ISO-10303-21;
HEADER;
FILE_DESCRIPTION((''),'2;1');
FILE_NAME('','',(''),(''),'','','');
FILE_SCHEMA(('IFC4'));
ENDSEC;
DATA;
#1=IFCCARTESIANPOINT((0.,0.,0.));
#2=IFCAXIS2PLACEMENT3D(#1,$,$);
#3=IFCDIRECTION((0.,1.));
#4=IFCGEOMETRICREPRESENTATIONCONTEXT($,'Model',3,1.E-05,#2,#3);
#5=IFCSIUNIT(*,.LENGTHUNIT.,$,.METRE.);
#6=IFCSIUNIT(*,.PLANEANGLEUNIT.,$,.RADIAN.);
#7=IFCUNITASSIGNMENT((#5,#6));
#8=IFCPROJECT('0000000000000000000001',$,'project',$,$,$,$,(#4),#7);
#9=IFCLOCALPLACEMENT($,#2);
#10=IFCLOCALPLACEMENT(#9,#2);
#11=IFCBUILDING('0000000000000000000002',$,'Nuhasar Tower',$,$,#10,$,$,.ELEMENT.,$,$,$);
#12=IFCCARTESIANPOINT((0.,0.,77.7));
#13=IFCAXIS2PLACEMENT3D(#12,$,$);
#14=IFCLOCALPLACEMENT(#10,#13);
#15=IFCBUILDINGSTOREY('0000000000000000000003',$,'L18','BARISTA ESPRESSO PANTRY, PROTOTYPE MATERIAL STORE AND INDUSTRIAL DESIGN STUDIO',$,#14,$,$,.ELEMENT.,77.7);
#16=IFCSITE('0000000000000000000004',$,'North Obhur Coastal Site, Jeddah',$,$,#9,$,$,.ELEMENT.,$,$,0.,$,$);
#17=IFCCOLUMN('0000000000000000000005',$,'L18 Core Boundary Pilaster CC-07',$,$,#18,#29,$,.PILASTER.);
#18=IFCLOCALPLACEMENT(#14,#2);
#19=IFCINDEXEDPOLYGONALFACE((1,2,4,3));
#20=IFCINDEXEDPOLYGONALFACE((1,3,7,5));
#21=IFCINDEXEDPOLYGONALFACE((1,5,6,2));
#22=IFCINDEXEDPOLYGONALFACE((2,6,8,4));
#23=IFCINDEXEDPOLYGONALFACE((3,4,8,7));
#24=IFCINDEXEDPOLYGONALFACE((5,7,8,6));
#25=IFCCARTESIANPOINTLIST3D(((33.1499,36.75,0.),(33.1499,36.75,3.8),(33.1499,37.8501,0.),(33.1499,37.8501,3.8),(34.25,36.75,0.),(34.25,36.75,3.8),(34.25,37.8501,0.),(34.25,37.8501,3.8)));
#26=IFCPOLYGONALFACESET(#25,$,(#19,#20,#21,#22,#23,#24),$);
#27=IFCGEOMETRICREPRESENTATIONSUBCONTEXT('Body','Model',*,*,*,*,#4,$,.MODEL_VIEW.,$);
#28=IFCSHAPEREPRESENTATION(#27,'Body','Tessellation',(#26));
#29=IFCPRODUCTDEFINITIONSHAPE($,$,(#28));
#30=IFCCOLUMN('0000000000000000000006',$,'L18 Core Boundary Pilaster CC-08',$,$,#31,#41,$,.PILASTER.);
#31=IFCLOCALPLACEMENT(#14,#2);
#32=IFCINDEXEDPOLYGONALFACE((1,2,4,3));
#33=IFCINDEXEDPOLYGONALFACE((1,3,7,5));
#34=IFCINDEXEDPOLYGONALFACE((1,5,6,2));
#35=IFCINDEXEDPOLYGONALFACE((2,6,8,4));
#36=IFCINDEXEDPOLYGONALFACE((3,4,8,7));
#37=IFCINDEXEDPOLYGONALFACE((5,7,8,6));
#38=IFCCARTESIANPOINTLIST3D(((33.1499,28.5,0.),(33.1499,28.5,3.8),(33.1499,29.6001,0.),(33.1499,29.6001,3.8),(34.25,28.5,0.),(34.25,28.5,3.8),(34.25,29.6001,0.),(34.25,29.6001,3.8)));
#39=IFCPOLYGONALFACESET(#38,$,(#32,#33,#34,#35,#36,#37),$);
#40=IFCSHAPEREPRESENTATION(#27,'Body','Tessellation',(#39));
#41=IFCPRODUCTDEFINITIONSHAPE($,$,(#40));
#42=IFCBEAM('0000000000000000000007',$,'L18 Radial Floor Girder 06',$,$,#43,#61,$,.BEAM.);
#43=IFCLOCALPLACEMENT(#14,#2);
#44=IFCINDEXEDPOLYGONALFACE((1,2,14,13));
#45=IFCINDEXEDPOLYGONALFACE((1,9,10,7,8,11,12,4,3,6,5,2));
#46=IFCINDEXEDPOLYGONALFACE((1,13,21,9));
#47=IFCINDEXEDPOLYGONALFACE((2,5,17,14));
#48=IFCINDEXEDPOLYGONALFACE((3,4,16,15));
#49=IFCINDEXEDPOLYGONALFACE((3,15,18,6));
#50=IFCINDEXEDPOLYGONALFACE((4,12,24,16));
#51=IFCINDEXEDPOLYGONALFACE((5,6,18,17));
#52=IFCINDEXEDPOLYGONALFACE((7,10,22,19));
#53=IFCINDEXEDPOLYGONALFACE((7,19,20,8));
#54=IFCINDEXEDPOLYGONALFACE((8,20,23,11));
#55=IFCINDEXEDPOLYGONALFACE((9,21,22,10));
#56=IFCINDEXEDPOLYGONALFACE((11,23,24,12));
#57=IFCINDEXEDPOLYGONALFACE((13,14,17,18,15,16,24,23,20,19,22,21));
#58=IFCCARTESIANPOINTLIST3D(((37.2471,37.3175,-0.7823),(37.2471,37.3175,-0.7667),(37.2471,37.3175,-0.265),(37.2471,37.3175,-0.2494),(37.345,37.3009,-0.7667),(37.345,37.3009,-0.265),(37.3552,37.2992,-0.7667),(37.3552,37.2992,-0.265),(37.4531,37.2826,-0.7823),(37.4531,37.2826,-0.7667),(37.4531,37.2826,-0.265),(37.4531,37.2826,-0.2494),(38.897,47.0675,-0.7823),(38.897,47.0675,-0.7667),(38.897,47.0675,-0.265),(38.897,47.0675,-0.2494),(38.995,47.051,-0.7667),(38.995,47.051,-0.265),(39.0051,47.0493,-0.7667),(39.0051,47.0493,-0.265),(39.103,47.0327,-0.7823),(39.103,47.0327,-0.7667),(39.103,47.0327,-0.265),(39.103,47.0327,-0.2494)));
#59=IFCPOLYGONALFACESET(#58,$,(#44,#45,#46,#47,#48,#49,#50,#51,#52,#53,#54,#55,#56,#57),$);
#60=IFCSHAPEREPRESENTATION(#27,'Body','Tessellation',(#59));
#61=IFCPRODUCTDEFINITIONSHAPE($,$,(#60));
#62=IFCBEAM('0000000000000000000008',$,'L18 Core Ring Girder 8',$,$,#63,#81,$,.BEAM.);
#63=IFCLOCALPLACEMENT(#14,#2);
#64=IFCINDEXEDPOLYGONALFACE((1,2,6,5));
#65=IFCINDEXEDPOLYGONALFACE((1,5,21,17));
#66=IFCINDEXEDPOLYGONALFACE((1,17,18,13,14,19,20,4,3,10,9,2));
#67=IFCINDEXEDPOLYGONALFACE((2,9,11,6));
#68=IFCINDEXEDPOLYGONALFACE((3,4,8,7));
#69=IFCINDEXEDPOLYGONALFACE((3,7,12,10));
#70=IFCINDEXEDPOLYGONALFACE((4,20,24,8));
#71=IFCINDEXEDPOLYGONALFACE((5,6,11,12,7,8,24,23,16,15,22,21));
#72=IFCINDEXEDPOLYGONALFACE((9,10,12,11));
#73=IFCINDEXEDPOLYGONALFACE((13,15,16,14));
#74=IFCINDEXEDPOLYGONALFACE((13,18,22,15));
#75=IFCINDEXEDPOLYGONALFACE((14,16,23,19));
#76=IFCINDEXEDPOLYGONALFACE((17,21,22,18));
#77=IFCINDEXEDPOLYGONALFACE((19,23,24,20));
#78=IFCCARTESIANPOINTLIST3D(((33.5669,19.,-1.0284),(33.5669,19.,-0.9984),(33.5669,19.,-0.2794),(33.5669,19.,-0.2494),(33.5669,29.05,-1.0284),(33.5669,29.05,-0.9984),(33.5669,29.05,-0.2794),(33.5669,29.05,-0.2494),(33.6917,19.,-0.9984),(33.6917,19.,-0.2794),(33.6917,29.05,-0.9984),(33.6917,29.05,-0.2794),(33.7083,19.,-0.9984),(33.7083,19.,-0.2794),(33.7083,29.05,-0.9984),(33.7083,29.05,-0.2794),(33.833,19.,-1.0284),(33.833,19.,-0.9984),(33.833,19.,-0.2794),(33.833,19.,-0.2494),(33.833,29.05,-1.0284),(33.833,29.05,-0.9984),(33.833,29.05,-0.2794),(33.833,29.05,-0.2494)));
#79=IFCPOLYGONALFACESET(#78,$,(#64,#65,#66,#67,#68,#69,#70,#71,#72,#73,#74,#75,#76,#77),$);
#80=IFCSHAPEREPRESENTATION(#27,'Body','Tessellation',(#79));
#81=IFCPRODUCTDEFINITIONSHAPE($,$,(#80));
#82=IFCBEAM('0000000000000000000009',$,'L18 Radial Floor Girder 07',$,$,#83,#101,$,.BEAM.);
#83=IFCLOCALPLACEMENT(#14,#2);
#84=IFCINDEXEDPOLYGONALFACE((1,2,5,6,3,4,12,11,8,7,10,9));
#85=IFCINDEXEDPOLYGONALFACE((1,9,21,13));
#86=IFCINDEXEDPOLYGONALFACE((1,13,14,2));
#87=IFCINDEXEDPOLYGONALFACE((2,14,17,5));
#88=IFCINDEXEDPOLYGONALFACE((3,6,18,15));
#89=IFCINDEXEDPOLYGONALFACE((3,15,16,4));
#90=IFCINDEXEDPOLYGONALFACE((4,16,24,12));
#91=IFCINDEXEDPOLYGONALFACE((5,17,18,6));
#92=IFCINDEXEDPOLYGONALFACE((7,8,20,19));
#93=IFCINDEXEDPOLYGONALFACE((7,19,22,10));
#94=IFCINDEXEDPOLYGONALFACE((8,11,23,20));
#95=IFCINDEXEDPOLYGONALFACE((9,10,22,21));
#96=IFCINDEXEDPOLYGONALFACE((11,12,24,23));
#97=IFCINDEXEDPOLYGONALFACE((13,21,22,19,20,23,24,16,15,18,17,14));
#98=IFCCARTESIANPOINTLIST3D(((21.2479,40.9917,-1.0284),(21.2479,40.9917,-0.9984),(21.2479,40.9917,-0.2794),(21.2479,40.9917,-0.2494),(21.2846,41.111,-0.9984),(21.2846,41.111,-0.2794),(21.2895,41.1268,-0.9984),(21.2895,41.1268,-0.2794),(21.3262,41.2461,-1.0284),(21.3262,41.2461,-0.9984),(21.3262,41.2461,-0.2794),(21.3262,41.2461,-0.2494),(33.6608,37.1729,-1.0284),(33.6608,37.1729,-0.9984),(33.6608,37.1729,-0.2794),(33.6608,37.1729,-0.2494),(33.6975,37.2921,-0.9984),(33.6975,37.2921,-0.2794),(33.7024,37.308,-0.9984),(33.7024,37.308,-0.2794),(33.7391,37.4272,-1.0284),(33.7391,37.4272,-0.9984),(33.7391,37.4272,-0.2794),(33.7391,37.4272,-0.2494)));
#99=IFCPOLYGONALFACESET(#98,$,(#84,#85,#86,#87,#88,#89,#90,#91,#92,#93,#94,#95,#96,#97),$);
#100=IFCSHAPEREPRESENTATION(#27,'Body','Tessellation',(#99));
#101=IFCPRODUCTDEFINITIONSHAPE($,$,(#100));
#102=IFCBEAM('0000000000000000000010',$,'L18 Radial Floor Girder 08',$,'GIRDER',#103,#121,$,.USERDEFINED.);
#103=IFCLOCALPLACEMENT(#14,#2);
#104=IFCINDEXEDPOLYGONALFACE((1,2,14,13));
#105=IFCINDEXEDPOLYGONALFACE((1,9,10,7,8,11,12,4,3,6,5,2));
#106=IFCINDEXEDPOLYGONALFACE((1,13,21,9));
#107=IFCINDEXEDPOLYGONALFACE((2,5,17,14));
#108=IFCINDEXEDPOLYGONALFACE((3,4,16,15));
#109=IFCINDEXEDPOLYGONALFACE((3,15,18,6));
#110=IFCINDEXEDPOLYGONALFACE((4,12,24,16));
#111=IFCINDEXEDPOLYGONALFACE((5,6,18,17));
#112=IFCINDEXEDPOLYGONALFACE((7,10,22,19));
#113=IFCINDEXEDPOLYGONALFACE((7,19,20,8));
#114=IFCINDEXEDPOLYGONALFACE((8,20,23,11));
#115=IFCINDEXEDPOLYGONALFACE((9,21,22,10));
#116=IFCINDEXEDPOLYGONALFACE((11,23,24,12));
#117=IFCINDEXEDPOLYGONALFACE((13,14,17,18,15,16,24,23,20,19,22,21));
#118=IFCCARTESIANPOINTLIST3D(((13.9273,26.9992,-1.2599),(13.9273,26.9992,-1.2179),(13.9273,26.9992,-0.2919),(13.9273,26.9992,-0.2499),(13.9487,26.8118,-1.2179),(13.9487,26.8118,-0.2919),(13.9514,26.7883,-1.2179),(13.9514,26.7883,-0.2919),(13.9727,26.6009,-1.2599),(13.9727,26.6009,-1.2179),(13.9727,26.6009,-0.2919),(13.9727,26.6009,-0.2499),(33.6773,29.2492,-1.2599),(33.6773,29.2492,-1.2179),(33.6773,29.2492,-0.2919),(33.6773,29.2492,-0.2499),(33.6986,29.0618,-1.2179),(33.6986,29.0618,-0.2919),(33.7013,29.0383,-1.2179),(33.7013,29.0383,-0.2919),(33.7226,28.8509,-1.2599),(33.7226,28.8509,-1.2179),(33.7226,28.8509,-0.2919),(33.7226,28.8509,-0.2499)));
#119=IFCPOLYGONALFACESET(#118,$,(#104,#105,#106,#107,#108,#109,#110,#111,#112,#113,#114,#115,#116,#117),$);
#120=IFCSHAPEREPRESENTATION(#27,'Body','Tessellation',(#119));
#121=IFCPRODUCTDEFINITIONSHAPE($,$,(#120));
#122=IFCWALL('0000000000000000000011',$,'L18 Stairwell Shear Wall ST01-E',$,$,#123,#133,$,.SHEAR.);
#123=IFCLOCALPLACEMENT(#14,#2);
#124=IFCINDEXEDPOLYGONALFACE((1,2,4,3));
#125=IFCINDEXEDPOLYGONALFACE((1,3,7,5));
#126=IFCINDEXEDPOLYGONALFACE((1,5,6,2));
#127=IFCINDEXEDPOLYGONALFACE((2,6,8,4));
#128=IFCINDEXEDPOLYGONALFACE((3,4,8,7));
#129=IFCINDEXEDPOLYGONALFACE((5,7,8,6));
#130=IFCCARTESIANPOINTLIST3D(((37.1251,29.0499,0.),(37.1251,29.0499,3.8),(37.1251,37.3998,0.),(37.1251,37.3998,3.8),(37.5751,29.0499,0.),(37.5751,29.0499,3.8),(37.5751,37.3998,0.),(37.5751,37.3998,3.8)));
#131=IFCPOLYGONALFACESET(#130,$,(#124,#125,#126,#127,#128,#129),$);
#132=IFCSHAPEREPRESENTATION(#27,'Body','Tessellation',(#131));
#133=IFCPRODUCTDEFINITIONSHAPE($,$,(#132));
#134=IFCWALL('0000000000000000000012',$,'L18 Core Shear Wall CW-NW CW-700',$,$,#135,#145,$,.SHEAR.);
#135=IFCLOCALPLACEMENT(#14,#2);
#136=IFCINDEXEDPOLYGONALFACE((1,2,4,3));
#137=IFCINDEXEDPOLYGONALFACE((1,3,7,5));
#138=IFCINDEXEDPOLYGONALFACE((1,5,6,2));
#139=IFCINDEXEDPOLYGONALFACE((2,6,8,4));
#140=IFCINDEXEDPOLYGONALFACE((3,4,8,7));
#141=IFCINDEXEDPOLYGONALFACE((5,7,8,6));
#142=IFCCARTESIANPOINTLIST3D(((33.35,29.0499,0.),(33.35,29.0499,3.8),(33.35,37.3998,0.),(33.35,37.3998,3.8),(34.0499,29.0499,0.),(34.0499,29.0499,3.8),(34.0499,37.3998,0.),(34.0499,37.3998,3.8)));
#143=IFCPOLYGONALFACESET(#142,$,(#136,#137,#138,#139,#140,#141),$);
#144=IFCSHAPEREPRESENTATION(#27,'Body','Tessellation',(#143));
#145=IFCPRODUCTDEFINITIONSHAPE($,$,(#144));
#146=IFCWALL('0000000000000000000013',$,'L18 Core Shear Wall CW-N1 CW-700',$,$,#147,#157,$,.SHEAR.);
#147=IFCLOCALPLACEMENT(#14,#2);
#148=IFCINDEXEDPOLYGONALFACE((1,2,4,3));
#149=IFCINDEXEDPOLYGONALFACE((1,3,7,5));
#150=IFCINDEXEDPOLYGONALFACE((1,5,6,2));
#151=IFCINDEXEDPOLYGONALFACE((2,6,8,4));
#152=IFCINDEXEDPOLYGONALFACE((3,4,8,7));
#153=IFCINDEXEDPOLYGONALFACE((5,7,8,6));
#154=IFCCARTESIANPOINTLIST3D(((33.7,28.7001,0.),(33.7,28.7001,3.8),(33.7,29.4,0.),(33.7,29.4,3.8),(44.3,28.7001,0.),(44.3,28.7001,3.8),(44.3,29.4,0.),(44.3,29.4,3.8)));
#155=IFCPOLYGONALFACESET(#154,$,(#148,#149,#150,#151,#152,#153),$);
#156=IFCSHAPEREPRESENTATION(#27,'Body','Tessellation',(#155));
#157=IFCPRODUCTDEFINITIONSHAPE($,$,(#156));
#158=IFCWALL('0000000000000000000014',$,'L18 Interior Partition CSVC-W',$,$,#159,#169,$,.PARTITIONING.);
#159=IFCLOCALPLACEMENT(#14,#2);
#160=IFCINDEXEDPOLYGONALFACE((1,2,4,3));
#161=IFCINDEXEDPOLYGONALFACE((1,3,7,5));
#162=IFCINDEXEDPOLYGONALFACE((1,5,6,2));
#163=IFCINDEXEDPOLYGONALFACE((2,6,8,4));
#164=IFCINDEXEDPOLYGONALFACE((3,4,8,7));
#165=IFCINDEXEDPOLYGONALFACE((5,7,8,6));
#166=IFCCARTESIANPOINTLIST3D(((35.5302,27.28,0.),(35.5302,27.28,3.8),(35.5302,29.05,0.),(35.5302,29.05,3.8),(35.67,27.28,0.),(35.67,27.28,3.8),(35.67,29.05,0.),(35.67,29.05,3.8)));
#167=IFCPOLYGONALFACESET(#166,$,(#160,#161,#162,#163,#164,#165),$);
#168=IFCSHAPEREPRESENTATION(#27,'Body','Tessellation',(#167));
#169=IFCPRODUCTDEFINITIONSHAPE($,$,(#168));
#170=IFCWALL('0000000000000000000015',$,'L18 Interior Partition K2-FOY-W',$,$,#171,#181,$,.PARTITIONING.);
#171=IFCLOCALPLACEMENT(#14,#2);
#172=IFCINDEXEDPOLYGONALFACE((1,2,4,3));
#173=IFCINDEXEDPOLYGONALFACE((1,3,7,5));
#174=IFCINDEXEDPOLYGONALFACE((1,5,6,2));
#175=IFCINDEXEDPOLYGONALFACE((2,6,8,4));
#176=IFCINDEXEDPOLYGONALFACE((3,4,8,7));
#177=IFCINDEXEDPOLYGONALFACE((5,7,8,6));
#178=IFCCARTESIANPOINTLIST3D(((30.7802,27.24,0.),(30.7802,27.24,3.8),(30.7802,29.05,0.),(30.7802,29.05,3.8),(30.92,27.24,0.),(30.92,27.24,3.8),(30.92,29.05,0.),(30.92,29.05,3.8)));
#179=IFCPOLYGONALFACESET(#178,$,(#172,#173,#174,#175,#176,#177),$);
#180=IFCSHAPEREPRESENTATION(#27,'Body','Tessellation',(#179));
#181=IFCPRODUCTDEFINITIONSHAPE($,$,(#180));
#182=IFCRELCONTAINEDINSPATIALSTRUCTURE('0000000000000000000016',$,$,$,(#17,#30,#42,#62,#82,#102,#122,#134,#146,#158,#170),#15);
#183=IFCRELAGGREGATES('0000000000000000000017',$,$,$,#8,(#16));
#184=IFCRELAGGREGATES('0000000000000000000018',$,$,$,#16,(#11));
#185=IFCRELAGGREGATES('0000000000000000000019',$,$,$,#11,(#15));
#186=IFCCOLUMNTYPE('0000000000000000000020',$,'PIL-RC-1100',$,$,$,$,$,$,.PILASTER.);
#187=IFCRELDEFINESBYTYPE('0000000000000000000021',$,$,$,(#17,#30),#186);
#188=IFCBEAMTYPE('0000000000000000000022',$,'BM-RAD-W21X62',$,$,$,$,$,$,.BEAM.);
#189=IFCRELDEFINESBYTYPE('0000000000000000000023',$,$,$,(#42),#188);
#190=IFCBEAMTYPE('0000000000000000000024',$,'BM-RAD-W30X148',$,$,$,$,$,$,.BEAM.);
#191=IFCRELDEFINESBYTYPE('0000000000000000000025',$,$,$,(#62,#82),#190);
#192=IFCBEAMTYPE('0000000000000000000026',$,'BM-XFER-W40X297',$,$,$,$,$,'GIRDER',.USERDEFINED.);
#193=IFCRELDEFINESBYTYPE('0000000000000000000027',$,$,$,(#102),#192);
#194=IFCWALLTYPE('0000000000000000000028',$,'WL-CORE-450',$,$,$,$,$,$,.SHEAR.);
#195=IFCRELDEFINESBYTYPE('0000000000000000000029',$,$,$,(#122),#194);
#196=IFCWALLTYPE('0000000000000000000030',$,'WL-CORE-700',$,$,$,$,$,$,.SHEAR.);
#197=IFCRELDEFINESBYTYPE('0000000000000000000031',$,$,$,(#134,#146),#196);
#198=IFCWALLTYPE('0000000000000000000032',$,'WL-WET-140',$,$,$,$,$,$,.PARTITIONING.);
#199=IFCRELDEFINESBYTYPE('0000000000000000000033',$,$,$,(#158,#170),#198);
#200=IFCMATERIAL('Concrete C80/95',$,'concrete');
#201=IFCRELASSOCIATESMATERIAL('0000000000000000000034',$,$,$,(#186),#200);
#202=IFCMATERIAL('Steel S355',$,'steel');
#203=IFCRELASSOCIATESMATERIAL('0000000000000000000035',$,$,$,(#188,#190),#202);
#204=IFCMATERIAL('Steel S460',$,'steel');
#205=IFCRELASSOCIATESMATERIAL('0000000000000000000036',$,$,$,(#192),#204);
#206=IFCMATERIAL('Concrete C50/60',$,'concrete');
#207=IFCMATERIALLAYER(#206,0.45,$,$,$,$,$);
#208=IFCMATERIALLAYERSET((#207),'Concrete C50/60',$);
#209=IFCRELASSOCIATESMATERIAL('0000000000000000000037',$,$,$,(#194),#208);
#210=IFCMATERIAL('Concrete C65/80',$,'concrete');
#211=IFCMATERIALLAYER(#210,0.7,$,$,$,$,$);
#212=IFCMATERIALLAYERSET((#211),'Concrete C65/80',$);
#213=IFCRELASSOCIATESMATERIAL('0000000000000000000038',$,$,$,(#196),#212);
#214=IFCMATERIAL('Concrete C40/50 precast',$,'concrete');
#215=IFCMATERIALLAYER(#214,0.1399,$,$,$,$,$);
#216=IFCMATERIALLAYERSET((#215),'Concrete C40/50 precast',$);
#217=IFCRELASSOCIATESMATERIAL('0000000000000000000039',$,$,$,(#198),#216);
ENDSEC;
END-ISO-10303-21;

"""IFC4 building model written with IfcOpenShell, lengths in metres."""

from ifc_helpers import new_model, si_unit, direction, frame, frame_2d, origin, origin_2d, place, context, subcontext, project, spatial, rectangle, i_section, extrude, material, layer, layer_set, material_profile, profile_set, type_object, element, save


model = new_model("IFC4")

# Units and contexts
model_context = context("Model", 3, precision=1e-05, world=origin(), true_north=direction((0.0, 1.0)))
body_context = subcontext(model_context, "Body", "Model", "MODEL_VIEW")
ifc_project = project(units=[si_unit("LENGTHUNIT", "METRE"), si_unit("PLANEANGLEUNIT", "RADIAN")], contexts=[model_context])

# Site, building, storey
site_placement = place(None, origin())
site = spatial("IfcSite", under=ifc_project, at=site_placement, Name="North Obhur Coastal Site, Jeddah", CompositionType="ELEMENT", RefElevation=0.0)
building_placement = place(site_placement, origin())
building = spatial("IfcBuilding", under=site, at=building_placement, Name="Nuhasar Tower", CompositionType="ELEMENT")
storey_placement = place(building_placement, frame((0.0, 0.0, 77.7)))
storey = spatial("IfcBuildingStorey", under=building, at=storey_placement, Name="L18", Description="BARISTA ESPRESSO PANTRY, PROTOTYPE MATERIAL STORE AND INDUSTRIAL DESIGN STUDIO", CompositionType="ELEMENT", Elevation=77.7)

# Columns
ifc_material_1 = material(Name="Concrete C80/95", Category="concrete")
ifc_material_profile_1 = material_profile(ifc_material_1, rectangle(XDim=1.1001, YDim=1.1001, at=origin_2d()), Name="RC1100X1100")
ifc_profile_set_1 = profile_set([ifc_material_profile_1], Name="Concrete C80/95")
column_type = type_object("IfcColumnType", Name="PIL-RC-1100", PredefinedType="PILASTER", material=ifc_profile_set_1)
for number, where, z_axis, x_axis, name in (
    (1, (33.7, 37.3, 0.0), (0.0, 0.0, 1.0), (1.0, 0.0, 0.0), "L18 Core Boundary Pilaster CC-07"),
    (2, (33.7, 29.05, 0.0), (0.0, 0.0, 1.0), (1.0, 0.0, 0.0), "L18 Core Boundary Pilaster CC-08"),
):
    element("IfcColumn", number, at=place(storey_placement, frame(where, z_axis=z_axis, x_axis=x_axis)), inside=storey, type_object=column_type, Name=name, PredefinedType="PILASTER", context=body_context, shape_type="SweptSolid", body=[
        extrude(rectangle(XDim=1.1001, YDim=1.1001, at=origin_2d()), origin(), (0.0, 0.0, 1.0), 3.8),
    ])

# Beams
ifc_material_2 = material(Name="Steel S355", Category="steel")
ifc_material_profile_2 = material_profile(ifc_material_2, i_section(OverallWidth=0.209, OverallDepth=0.533, WebThickness=0.0103, FlangeThickness=0.0156, at=origin_2d()), Name="W21X62")
ifc_profile_set_2 = profile_set([ifc_material_profile_2], Name="Steel S355")
beam_type_1 = type_object("IfcBeamType", Name="BM-RAD-W21X62", PredefinedType="BEAM", material=ifc_profile_set_2)
beam_1_placement = place(storey_placement, frame((37.3501, 37.3, -0.5159), z_axis=(0.166849, 0.985983, 0.0), x_axis=(-0.985983, 0.166849, 0.0)))
element("IfcBeam", 3, at=beam_1_placement, inside=storey, type_object=beam_type_1, Name="L18 Radial Floor Girder 06", PredefinedType="BEAM", context=body_context, shape_type="SweptSolid", body=[
    extrude(i_section(OverallWidth=0.209, OverallDepth=0.533, WebThickness=0.0103, FlangeThickness=0.0156, at=origin_2d()), origin(), (0.0, 0.0, 1.0), 9.8887),
])
ifc_material_profile_3 = material_profile(ifc_material_2, i_section(OverallWidth=0.2661, OverallDepth=0.7791, WebThickness=0.0166, FlangeThickness=0.03, at=origin_2d()), Name="W30X148")
ifc_profile_set_3 = profile_set([ifc_material_profile_3], Name="Steel S355")
beam_type_2 = type_object("IfcBeamType", Name="BM-RAD-W30X148", PredefinedType="BEAM", material=ifc_profile_set_3)
beam_2_placement = place(storey_placement, frame((33.7, 29.05, -0.6389), z_axis=(0.0, -1.0, 0.0), x_axis=(1.0, 0.0, 0.0)))
element("IfcBeam", 4, at=beam_2_placement, inside=storey, type_object=beam_type_2, Name="L18 Core Ring Girder 8", PredefinedType="BEAM", context=body_context, shape_type="SweptSolid", body=[
    extrude(i_section(OverallWidth=0.2661, OverallDepth=0.7791, WebThickness=0.0166, FlangeThickness=0.03, at=origin_2d()), origin(), (0.0, 0.0, 1.0), 10.05),
])
beam_3_placement = place(storey_placement, frame((33.7, 37.3, -0.6389), z_axis=(-0.95579, 0.294052, 0.0), x_axis=(-0.294052, -0.95579, 0.0)))
element("IfcBeam", 5, at=beam_3_placement, inside=storey, type_object=beam_type_2, Name="L18 Radial Floor Girder 07", PredefinedType="BEAM", context=body_context, shape_type="SweptSolid", body=[
    extrude(i_section(OverallWidth=0.2661, OverallDepth=0.7791, WebThickness=0.0166, FlangeThickness=0.03, at=origin_2d()), origin(), (0.0, 0.0, 1.0), 12.9871),
])
ifc_material_3 = material(Name="Steel S460", Category="steel")
ifc_material_profile_4 = material_profile(ifc_material_3, i_section(OverallWidth=0.4009, OverallDepth=1.01, WebThickness=0.0237, FlangeThickness=0.042, at=origin_2d()), Name="W40X297")
ifc_profile_set_4 = profile_set([ifc_material_profile_4], Name="Steel S460")
beam_type_3 = type_object("IfcBeamType", Name="BM-XFER-W40X297", ElementType="GIRDER", PredefinedType="USERDEFINED", material=ifc_profile_set_4)
beam_4_placement = place(storey_placement, frame((33.7, 29.05, -0.7549), z_axis=(-0.993573, -0.113192, 0.0), x_axis=(0.113192, -0.993573, 0.0)))
element("IfcBeam", 6, at=beam_4_placement, inside=storey, type_object=beam_type_3, Name="L18 Radial Floor Girder 08", ObjectType="GIRDER", PredefinedType="USERDEFINED", context=body_context, shape_type="SweptSolid", body=[
    extrude(i_section(OverallWidth=0.4009, OverallDepth=1.01, WebThickness=0.0237, FlangeThickness=0.042, at=origin_2d()), origin(), (0.0, 0.0, 1.0), 19.8777),
])

# Walls
ifc_material_4 = material(Name="Concrete C50/60", Category="concrete")
ifc_layer_1 = layer(ifc_material_4, 0.45)
ifc_layer_set_1 = layer_set([ifc_layer_1], Name="Concrete C50/60")
wall_type_1 = type_object("IfcWallType", Name="WL-CORE-450", PredefinedType="SHEAR", material=ifc_layer_set_1)
wall_1_placement = place(storey_placement, frame((37.3501, 29.05, 0.0), z_axis=(0.0, 0.0, 1.0), x_axis=(0.0, 1.0, 0.0)))
element("IfcWall", 7, at=wall_1_placement, inside=storey, type_object=wall_type_1, Name="L18 Stairwell Shear Wall ST01-E", PredefinedType="SHEAR", context=body_context, shape_type="SweptSolid", body=[
    extrude(rectangle(XDim=8.3499, YDim=0.45, at=frame_2d((4.1748, 0.0))), origin(), (0.0, 0.0, 1.0), 3.8),
])
ifc_material_5 = material(Name="Concrete C65/80", Category="concrete")
ifc_layer_2 = layer(ifc_material_5, 0.7)
ifc_layer_set_2 = layer_set([ifc_layer_2], Name="Concrete C65/80")
wall_type_2 = type_object("IfcWallType", Name="WL-CORE-700", PredefinedType="SHEAR", material=ifc_layer_set_2)
wall_2_placement = place(storey_placement, frame((33.7, 29.05, 0.0), z_axis=(0.0, 0.0, 1.0), x_axis=(0.0, 1.0, 0.0)))
element("IfcWall", 8, at=wall_2_placement, inside=storey, type_object=wall_type_2, Name="L18 Core Shear Wall CW-NW CW-700", PredefinedType="SHEAR", context=body_context, shape_type="SweptSolid", body=[
    extrude(rectangle(XDim=8.3499, YDim=0.7, at=frame_2d((4.1748, 0.0))), origin(), (0.0, 0.0, 1.0), 3.8),
])
wall_3_placement = place(storey_placement, frame((33.7, 29.05, 0.0), z_axis=(0.0, 0.0, 1.0), x_axis=(1.0, 0.0, 0.0)))
element("IfcWall", 9, at=wall_3_placement, inside=storey, type_object=wall_type_2, Name="L18 Core Shear Wall CW-N1 CW-700", PredefinedType="SHEAR", context=body_context, shape_type="SweptSolid", body=[
    extrude(rectangle(XDim=10.6001, YDim=0.7, at=frame_2d((5.3, 0.0))), origin(), (0.0, 0.0, 1.0), 3.8),
])
ifc_material_6 = material(Name="Concrete C40/50 precast", Category="concrete")
ifc_layer_3 = layer(ifc_material_6, 0.1399)
ifc_layer_set_3 = layer_set([ifc_layer_3], Name="Concrete C40/50 precast")
wall_type_3 = type_object("IfcWallType", Name="WL-WET-140", PredefinedType="PARTITIONING", material=ifc_layer_set_3)
wall_4_placement = place(storey_placement, frame((35.6001, 27.28, 0.0), z_axis=(0.0, 0.0, 1.0), x_axis=(0.0, 1.0, 0.0)))
element("IfcWall", 10, at=wall_4_placement, inside=storey, type_object=wall_type_3, Name="L18 Interior Partition CSVC-W", PredefinedType="PARTITIONING", context=body_context, shape_type="SweptSolid", body=[
    extrude(rectangle(XDim=1.77, YDim=0.1399, at=frame_2d((0.885, 0.0))), origin(), (0.0, 0.0, 1.0), 3.8),
])
wall_5_placement = place(storey_placement, frame((30.8501, 27.24, 0.0), z_axis=(0.0, 0.0, 1.0), x_axis=(0.0, 1.0, 0.0)))
element("IfcWall", 11, at=wall_5_placement, inside=storey, type_object=wall_type_3, Name="L18 Interior Partition K2-FOY-W", PredefinedType="PARTITIONING", context=body_context, shape_type="SweptSolid", body=[
    extrude(rectangle(XDim=1.8101, YDim=0.1399, at=frame_2d((0.905, 0.0))), origin(), (0.0, 0.0, 1.0), 3.8),
])

save(model, "model.ifc")
